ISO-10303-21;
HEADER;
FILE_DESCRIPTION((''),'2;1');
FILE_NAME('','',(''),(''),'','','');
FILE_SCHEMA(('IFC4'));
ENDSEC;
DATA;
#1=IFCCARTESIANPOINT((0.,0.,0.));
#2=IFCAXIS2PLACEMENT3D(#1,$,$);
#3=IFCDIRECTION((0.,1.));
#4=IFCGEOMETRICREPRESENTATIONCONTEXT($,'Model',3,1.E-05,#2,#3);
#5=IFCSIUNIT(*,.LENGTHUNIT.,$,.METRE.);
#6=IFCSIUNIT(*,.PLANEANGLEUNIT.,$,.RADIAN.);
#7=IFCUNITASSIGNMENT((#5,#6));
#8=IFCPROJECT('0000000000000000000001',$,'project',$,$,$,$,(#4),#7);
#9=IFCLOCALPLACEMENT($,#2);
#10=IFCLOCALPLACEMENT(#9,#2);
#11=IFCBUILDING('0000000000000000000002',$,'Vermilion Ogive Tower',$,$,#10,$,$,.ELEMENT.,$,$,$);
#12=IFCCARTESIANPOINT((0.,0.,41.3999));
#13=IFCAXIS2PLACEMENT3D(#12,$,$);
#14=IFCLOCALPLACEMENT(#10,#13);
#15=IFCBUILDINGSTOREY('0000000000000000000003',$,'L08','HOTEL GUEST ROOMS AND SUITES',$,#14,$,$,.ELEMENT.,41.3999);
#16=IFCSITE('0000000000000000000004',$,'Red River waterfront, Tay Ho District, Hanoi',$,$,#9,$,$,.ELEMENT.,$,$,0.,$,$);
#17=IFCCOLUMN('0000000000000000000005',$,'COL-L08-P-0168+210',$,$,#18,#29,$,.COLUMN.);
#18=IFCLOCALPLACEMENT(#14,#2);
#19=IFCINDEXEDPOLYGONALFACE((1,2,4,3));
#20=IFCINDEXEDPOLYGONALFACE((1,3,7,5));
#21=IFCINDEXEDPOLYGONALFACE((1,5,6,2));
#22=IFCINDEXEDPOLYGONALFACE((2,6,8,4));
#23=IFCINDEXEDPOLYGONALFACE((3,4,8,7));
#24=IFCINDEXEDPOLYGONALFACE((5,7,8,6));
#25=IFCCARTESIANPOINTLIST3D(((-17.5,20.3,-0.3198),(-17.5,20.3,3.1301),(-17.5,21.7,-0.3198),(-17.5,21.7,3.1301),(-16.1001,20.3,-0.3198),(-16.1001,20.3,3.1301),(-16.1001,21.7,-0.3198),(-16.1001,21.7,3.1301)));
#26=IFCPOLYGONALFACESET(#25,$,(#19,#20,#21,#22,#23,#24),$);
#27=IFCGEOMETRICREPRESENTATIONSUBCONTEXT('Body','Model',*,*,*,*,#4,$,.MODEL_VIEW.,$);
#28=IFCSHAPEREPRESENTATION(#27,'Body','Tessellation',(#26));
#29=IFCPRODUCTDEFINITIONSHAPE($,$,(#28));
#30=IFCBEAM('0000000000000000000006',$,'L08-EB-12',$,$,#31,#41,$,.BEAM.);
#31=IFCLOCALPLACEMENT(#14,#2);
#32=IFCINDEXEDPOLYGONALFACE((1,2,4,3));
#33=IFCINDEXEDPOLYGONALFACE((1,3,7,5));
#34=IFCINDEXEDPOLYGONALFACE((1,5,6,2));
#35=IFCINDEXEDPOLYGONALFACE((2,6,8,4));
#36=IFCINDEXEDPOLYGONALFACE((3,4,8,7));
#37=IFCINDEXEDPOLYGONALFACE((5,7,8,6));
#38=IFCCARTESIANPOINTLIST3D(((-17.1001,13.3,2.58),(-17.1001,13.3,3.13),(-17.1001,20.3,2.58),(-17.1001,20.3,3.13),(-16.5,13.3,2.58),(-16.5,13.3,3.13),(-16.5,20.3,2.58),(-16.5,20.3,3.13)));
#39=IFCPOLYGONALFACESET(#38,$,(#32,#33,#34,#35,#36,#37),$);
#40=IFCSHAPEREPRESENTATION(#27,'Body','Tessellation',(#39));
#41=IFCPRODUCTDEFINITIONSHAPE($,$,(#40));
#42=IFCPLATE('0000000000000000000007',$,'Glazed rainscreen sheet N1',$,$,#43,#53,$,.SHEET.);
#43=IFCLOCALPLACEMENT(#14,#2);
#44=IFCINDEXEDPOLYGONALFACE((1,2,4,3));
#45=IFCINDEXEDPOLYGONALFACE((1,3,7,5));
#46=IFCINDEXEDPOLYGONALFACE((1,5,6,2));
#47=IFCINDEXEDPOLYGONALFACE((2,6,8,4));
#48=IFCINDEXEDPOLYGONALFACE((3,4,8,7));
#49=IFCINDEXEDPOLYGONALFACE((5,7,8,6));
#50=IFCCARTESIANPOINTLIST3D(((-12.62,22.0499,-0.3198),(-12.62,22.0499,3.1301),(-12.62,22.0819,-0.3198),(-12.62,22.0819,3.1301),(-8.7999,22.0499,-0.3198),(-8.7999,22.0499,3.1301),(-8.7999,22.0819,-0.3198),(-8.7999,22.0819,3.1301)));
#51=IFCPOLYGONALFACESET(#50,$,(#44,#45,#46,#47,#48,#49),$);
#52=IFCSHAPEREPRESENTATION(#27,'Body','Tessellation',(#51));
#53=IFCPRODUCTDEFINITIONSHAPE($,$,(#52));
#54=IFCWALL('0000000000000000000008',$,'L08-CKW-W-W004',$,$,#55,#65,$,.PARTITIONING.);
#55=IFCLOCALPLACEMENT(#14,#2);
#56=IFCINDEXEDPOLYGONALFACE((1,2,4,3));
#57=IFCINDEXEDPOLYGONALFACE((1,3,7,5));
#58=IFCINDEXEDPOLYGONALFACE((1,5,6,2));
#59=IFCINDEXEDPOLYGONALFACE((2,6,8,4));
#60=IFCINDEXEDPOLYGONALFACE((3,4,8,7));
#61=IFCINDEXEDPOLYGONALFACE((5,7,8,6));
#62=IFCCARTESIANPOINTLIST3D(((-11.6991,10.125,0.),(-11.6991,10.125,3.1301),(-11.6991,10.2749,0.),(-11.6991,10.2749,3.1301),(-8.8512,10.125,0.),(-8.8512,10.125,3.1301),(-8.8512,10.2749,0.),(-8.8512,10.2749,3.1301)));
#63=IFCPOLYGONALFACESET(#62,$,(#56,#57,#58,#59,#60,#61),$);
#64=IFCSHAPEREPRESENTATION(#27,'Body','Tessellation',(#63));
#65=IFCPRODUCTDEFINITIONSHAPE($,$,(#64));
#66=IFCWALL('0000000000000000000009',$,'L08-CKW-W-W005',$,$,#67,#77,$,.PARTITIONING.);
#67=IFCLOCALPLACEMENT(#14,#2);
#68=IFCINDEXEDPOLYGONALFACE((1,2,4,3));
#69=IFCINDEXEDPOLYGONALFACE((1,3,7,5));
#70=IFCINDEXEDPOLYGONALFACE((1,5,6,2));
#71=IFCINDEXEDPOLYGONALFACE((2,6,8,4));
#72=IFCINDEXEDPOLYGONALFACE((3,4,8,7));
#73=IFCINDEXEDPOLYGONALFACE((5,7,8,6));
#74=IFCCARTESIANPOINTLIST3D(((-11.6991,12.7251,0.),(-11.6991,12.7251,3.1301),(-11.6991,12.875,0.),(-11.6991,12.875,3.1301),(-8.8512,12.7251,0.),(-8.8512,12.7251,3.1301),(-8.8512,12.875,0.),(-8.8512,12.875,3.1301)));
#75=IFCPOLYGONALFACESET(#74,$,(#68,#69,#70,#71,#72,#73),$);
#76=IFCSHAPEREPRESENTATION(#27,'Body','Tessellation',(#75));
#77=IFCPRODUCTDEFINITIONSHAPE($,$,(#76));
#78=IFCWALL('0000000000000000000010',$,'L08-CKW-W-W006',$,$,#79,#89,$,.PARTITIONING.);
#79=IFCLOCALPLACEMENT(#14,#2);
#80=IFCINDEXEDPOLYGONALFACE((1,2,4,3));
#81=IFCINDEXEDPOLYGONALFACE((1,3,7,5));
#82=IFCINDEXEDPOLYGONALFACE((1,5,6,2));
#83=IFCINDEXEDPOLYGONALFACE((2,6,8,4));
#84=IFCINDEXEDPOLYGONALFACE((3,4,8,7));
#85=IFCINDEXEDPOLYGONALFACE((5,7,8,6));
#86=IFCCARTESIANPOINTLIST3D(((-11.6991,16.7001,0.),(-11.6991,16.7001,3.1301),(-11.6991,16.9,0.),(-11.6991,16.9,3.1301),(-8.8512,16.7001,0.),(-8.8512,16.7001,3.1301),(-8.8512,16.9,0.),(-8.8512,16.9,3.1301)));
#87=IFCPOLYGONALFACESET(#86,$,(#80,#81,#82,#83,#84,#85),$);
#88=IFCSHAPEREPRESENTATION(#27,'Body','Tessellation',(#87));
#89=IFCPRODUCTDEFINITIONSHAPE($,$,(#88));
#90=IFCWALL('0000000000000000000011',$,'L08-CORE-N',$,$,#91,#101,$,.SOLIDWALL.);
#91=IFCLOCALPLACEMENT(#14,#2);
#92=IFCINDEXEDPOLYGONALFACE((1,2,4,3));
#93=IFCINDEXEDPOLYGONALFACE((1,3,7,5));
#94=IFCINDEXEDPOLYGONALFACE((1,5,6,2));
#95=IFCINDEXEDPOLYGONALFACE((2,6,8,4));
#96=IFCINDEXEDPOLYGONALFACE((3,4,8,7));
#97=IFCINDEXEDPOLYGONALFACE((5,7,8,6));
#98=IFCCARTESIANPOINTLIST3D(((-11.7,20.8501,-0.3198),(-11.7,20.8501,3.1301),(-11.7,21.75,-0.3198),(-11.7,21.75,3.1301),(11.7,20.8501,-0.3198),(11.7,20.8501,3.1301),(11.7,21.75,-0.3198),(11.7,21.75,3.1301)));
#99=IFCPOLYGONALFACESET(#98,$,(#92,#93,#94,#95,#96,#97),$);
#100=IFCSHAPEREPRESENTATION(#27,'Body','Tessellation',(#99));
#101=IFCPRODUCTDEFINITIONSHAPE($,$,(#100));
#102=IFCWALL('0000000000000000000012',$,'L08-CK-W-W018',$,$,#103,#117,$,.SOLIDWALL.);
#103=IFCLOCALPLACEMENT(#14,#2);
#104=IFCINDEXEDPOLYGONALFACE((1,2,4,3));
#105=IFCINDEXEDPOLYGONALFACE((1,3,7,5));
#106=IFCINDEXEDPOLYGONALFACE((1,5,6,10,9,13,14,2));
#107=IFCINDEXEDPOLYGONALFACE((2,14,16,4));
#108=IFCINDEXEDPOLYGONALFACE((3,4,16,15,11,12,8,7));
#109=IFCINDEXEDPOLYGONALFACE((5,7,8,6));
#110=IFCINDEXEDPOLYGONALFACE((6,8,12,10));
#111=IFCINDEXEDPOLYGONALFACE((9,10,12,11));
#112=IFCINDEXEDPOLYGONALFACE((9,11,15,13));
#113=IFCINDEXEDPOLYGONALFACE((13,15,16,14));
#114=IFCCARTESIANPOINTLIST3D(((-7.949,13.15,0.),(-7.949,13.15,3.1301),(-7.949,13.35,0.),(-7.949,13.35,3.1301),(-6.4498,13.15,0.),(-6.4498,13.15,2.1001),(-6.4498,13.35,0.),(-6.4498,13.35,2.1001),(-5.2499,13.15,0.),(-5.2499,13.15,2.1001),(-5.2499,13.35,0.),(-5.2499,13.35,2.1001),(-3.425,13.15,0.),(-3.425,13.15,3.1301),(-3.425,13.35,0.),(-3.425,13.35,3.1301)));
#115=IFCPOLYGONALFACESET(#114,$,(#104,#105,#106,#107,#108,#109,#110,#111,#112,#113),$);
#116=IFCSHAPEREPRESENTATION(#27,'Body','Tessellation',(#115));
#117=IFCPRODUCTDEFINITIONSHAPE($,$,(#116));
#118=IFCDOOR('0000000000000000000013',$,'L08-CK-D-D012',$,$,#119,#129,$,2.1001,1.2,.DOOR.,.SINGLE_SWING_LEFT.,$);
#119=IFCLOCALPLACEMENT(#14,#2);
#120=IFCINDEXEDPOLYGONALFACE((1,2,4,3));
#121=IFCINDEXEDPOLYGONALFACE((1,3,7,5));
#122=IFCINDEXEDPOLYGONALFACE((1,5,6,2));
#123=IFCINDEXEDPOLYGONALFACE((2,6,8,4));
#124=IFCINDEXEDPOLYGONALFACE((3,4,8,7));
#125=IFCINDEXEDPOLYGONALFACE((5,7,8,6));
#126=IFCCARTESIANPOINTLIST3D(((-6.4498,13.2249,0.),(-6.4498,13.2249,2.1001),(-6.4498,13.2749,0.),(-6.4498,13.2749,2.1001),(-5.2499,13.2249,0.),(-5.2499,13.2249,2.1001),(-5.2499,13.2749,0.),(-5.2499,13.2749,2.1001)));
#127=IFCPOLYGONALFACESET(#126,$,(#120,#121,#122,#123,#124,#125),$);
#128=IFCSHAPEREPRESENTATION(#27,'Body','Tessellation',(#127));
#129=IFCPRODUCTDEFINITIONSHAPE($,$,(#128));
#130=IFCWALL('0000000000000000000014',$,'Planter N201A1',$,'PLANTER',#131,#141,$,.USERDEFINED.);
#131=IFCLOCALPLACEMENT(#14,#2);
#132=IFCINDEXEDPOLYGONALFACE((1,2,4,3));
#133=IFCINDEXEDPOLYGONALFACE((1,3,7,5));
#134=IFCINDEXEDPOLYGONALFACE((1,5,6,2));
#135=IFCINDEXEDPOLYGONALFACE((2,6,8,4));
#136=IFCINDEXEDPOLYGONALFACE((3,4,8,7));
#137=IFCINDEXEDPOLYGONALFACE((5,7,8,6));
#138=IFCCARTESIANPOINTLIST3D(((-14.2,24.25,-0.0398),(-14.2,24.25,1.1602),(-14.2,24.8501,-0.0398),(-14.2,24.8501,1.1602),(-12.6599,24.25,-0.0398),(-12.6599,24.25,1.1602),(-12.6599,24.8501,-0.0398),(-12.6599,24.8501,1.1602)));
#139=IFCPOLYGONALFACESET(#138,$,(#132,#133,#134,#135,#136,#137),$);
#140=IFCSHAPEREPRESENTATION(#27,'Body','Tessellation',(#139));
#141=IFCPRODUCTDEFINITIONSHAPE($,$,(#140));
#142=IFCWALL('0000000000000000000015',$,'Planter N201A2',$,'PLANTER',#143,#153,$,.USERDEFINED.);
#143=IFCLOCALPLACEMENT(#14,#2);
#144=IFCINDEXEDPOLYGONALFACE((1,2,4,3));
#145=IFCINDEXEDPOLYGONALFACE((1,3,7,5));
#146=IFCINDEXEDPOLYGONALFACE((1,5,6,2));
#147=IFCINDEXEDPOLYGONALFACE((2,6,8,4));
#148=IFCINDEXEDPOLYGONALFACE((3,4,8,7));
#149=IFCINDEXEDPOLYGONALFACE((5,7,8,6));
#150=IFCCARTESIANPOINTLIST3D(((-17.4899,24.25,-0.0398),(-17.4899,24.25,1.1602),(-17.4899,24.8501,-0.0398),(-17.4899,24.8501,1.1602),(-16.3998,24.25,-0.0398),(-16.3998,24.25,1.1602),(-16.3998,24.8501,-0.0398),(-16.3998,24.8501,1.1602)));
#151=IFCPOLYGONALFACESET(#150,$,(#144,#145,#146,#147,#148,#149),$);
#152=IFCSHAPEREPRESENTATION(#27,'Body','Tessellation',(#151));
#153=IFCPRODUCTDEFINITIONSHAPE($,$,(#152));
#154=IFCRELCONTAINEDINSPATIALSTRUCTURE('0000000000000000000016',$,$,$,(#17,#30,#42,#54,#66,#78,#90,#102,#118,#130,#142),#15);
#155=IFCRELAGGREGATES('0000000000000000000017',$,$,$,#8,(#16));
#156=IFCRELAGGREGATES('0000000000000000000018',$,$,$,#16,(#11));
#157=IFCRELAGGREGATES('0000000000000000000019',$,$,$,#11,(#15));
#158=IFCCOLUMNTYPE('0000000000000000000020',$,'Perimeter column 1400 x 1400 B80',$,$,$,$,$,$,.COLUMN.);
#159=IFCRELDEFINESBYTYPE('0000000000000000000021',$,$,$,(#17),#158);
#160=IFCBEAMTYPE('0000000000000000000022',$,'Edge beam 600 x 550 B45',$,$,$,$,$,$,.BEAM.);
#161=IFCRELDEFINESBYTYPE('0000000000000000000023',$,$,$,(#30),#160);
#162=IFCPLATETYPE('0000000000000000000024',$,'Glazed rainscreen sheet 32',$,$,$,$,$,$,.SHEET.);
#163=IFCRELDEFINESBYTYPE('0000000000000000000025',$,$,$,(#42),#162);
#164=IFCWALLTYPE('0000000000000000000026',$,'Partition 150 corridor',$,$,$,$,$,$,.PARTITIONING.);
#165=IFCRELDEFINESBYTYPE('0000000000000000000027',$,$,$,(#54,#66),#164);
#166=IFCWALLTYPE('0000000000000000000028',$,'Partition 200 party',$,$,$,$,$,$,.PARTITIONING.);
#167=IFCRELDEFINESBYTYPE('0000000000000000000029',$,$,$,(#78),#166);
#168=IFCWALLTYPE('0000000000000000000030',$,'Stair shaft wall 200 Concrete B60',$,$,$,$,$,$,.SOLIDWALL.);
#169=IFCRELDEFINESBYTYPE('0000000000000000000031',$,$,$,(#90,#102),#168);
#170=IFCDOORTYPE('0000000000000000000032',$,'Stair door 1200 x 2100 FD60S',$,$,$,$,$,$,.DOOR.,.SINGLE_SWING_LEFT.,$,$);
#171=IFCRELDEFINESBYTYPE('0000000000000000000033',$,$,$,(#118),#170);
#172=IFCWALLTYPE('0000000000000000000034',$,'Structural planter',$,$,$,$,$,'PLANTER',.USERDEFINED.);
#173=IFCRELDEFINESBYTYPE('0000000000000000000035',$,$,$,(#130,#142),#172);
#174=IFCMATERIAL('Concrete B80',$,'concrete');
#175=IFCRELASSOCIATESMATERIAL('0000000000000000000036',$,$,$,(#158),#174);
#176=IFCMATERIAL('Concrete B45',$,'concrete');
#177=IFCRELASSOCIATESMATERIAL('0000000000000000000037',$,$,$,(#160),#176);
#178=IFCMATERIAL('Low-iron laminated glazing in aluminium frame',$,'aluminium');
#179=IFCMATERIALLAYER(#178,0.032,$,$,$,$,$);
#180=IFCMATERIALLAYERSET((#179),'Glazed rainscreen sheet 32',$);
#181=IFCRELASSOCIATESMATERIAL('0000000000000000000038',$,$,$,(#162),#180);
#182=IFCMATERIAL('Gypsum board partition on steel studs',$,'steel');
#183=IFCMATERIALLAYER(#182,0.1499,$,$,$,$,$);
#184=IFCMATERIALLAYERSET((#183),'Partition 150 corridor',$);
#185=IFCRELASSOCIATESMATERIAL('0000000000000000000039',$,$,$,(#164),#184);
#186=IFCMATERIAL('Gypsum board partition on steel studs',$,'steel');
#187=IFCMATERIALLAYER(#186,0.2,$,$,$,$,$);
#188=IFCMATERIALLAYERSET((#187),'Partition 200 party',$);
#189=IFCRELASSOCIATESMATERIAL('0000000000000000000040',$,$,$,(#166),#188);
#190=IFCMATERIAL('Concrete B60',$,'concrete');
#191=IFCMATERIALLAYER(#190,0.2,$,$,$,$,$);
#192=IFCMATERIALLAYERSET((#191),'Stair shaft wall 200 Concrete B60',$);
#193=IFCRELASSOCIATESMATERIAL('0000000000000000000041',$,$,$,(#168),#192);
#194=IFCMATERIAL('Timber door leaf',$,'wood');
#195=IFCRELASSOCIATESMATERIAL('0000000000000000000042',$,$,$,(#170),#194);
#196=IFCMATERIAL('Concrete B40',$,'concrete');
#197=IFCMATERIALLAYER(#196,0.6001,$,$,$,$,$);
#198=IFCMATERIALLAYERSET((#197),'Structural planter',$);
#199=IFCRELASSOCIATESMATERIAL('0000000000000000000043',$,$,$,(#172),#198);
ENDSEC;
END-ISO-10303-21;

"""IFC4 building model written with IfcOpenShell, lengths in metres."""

from ifc_helpers import new_model, si_unit, direction, frame, frame_2d, origin, origin_2d, place, context, subcontext, project, spatial, rectangle, extrude, material, layer, layer_set, material_profile, profile_set, type_object, element, fill, save


model = new_model("IFC4")

# Units and contexts
model_context = context("Model", 3, precision=1e-05, world=origin(), true_north=direction((0.0, 1.0)))
body_context = subcontext(model_context, "Body", "Model", "MODEL_VIEW")
ifc_project = project(units=[si_unit("LENGTHUNIT", "METRE"), si_unit("PLANEANGLEUNIT", "RADIAN")], contexts=[model_context])

# Site, building, storey
site_placement = place(None, origin())
site = spatial("IfcSite", under=ifc_project, at=site_placement, Name="Red River waterfront, Tay Ho District, Hanoi", CompositionType="ELEMENT", RefElevation=0.0)
building_placement = place(site_placement, origin())
building = spatial("IfcBuilding", under=site, at=building_placement, Name="Vermilion Ogive Tower", CompositionType="ELEMENT")
storey_placement = place(building_placement, frame((0.0, 0.0, 41.3999)))
storey = spatial("IfcBuildingStorey", under=building, at=storey_placement, Name="L08", Description="HOTEL GUEST ROOMS AND SUITES", CompositionType="ELEMENT", Elevation=41.3999)

# Column
ifc_material_1 = material(Name="Concrete B80", Category="concrete")
ifc_material_profile_1 = material_profile(ifc_material_1, rectangle(XDim=1.3999, YDim=1.3999, at=origin_2d()), Name="1400 x 1400")
ifc_profile_set_1 = profile_set([ifc_material_profile_1], Name="Concrete B80")
column_type = type_object("IfcColumnType", Name="Perimeter column 1400 x 1400 B80", PredefinedType="COLUMN", material=ifc_profile_set_1)
column_placement = place(storey_placement, frame((-16.8, 21.0, -0.3198), z_axis=(0.0, 0.0, 1.0), x_axis=(1.0, 0.0, 0.0)))
element("IfcColumn", 1, at=column_placement, inside=storey, type_object=column_type, Name="COL-L08-P-0168+210", PredefinedType="COLUMN", context=body_context, shape_type="SweptSolid", body=[
    extrude(rectangle(XDim=1.3999, YDim=1.3999, at=origin_2d()), origin(), (0.0, 0.0, 1.0), 3.45),
])

# Beam
ifc_material_2 = material(Name="Concrete B45", Category="concrete")
ifc_material_profile_2 = material_profile(ifc_material_2, rectangle(XDim=0.6001, YDim=0.55, at=origin_2d()), Name="600 x 550")
ifc_profile_set_2 = profile_set([ifc_material_profile_2], Name="Concrete B45")
beam_type = type_object("IfcBeamType", Name="Edge beam 600 x 550 B45", PredefinedType="BEAM", material=ifc_profile_set_2)
beam_placement = place(storey_placement, frame((-16.8, 20.3, 2.855), z_axis=(0.0, -1.0, 0.0), x_axis=(1.0, 0.0, 0.0)))
element("IfcBeam", 2, at=beam_placement, inside=storey, type_object=beam_type, Name="L08-EB-12", PredefinedType="BEAM", context=body_context, shape_type="SweptSolid", body=[
    extrude(rectangle(XDim=0.6001, YDim=0.55, at=origin_2d()), origin(), (0.0, 0.0, 1.0), 7.0),
])

# Plate
ifc_material_3 = material(Name="Low-iron laminated glazing in aluminium frame", Category="aluminium")
ifc_layer_1 = layer(ifc_material_3, 0.032)
ifc_layer_set_1 = layer_set([ifc_layer_1], Name="Glazed rainscreen sheet 32")
plate_type = type_object("IfcPlateType", Name="Glazed rainscreen sheet 32", PredefinedType="SHEET", material=ifc_layer_set_1)
plate_placement = place(storey_placement, frame((-10.71, 22.0659, -0.3198), z_axis=(0.0, 0.0, 1.0), x_axis=(1.0, 0.0, 0.0)))
element("IfcPlate", 3, at=plate_placement, inside=storey, type_object=plate_type, Name="Glazed rainscreen sheet N1", PredefinedType="SHEET", context=body_context, shape_type="SweptSolid", body=[
    extrude(rectangle(XDim=3.8201, YDim=0.032, at=origin_2d()), origin(), (0.0, 0.0, 1.0), 3.45),
])

# Walls
ifc_material_4 = material(Name="Gypsum board partition on steel studs", Category="steel")
ifc_layer_2 = layer(ifc_material_4, 0.1499)
ifc_layer_set_2 = layer_set([ifc_layer_2], Name="Partition 150 corridor")
wall_type_1 = type_object("IfcWallType", Name="Partition 150 corridor", PredefinedType="PARTITIONING", material=ifc_layer_set_2)
for number, where, z_axis, x_axis, name in (
    (4, (-11.699, 10.2, 0.0), (0.0, 0.0, 1.0), (1.0, 0.0, 0.0), "L08-CKW-W-W004"),
    (5, (-11.699, 12.8, 0.0), (0.0, 0.0, 1.0), (1.0, 0.0, 0.0), "L08-CKW-W-W005"),
):
    element("IfcWall", number, at=place(storey_placement, frame(where, z_axis=z_axis, x_axis=x_axis)), inside=storey, type_object=wall_type_1, Name=name, PredefinedType="PARTITIONING", context=body_context, shape_type="SweptSolid", body=[
        extrude(rectangle(XDim=2.8479, YDim=0.1499, at=frame_2d((1.4238, 0.0))), origin(), (0.0, 0.0, 1.0), 3.1301),
    ])
ifc_material_5 = material(Name="Gypsum board partition on steel studs", Category="steel")
ifc_layer_3 = layer(ifc_material_5, 0.2)
ifc_layer_set_3 = layer_set([ifc_layer_3], Name="Partition 200 party")
wall_type_2 = type_object("IfcWallType", Name="Partition 200 party", PredefinedType="PARTITIONING", material=ifc_layer_set_3)
wall_1_placement = place(storey_placement, frame((-11.699, 16.8, 0.0), z_axis=(0.0, 0.0, 1.0), x_axis=(1.0, 0.0, 0.0)))
element("IfcWall", 6, at=wall_1_placement, inside=storey, type_object=wall_type_2, Name="L08-CKW-W-W006", PredefinedType="PARTITIONING", context=body_context, shape_type="SweptSolid", body=[
    extrude(rectangle(XDim=2.8479, YDim=0.2, at=frame_2d((1.4238, 0.0))), origin(), (0.0, 0.0, 1.0), 3.1301),
])
ifc_material_6 = material(Name="Concrete B60", Category="concrete")
ifc_layer_4 = layer(ifc_material_6, 0.2)
ifc_layer_set_4 = layer_set([ifc_layer_4], Name="Stair shaft wall 200 Concrete B60")
wall_type_3 = type_object("IfcWallType", Name="Stair shaft wall 200 Concrete B60", PredefinedType="SOLIDWALL", material=ifc_layer_set_4)
wall_2_placement = place(storey_placement, frame((-11.7, 21.3, -0.3198), z_axis=(0.0, 0.0, 1.0), x_axis=(1.0, 0.0, 0.0)))
element("IfcWall", 7, at=wall_2_placement, inside=storey, type_object=wall_type_3, Name="L08-CORE-N", PredefinedType="SOLIDWALL", context=body_context, shape_type="SweptSolid", body=[
    extrude(rectangle(XDim=23.3999, YDim=0.8999, at=frame_2d((11.7, 0.0))), origin(), (0.0, 0.0, 1.0), 3.45),
])

# Wall, opening, door
wall_3_placement = place(storey_placement, frame((-7.949, 13.25, 0.0), z_axis=(0.0, 0.0, 1.0), x_axis=(1.0, 0.0, 0.0)))
wall_3 = element("IfcWall", 8, at=wall_3_placement, inside=storey, type_object=wall_type_3, Name="L08-CK-W-W018", PredefinedType="SOLIDWALL", context=body_context, shape_type="SweptSolid", body=[
    extrude(rectangle(XDim=4.5239, YDim=0.2, at=frame_2d((2.262, 0.0))), origin(), (0.0, 0.0, 1.0), 3.1301),
])
opening_1_placement = place(wall_3_placement, frame((1.499, 0.0, 0.0)))
opening_1 = element("IfcOpeningElement", 9, at=opening_1_placement, cuts=wall_3, PredefinedType="OPENING", context=body_context, shape_type="SweptSolid", body=[
    extrude(rectangle(XDim=1.2, YDim=2.1001, at=frame_2d((0.6001, 1.05))), frame((0.0, 0.1099, 0.0), z_axis=(0.0, -1.0, 0.0), x_axis=(1.0, 0.0, 0.0)), (0.0, 0.0, 1.0), 0.22),
])
ifc_material_7 = material(Name="Timber door leaf", Category="wood")
door_type_1 = type_object("IfcDoorType", Name="Stair door 1200 x 2100 FD60S", OperationType="SINGLE_SWING_LEFT", PredefinedType="DOOR", material=ifc_material_7)
door_1_placement = place(opening_1_placement, origin())
door_1 = element("IfcDoor", 10, at=door_1_placement, inside=storey, type_object=door_type_1, Name="L08-CK-D-D012", OperationType="SINGLE_SWING_LEFT", OverallHeight=2.1001, OverallWidth=1.2, PredefinedType="DOOR", context=body_context, shape_type="SweptSolid", body=[
    extrude(rectangle(XDim=1.2, YDim=2.1001, at=frame_2d((0.6001, 1.05))), frame((0.0, 0.0249, 0.0), z_axis=(0.0, -1.0, 0.0), x_axis=(1.0, 0.0, 0.0)), (0.0, 0.0, 1.0), 0.05),
])
fill(opening_1, door_1)

# Walls
ifc_material_8 = material(Name="Concrete B40", Category="concrete")
ifc_layer_5 = layer(ifc_material_8, 0.6001)
ifc_layer_set_5 = layer_set([ifc_layer_5], Name="Structural planter")
wall_type_4 = type_object("IfcWallType", Name="Structural planter", ElementType="PLANTER", PredefinedType="USERDEFINED", material=ifc_layer_set_5)
wall_4_placement = place(storey_placement, frame((-12.6599, 24.55, -0.0398), z_axis=(0.0, 0.0, 1.0), x_axis=(-1.0, 0.0, 0.0)))
element("IfcWall", 11, at=wall_4_placement, inside=storey, type_object=wall_type_4, Name="Planter N201A1", ObjectType="PLANTER", PredefinedType="USERDEFINED", context=body_context, shape_type="SweptSolid", body=[
    extrude(rectangle(XDim=1.54, YDim=0.6001, at=frame_2d((0.77, 0.0))), origin(), (0.0, 0.0, 1.0), 1.2),
])
wall_5_placement = place(storey_placement, frame((-16.3999, 24.55, -0.0398), z_axis=(0.0, 0.0, 1.0), x_axis=(-1.0, 0.0, 0.0)))
element("IfcWall", 12, at=wall_5_placement, inside=storey, type_object=wall_type_4, Name="Planter N201A2", ObjectType="PLANTER", PredefinedType="USERDEFINED", context=body_context, shape_type="SweptSolid", body=[
    extrude(rectangle(XDim=1.0901, YDim=0.6001, at=frame_2d((0.5449, 0.0))), origin(), (0.0, 0.0, 1.0), 1.2),
])

save(model, "model.ifc")
